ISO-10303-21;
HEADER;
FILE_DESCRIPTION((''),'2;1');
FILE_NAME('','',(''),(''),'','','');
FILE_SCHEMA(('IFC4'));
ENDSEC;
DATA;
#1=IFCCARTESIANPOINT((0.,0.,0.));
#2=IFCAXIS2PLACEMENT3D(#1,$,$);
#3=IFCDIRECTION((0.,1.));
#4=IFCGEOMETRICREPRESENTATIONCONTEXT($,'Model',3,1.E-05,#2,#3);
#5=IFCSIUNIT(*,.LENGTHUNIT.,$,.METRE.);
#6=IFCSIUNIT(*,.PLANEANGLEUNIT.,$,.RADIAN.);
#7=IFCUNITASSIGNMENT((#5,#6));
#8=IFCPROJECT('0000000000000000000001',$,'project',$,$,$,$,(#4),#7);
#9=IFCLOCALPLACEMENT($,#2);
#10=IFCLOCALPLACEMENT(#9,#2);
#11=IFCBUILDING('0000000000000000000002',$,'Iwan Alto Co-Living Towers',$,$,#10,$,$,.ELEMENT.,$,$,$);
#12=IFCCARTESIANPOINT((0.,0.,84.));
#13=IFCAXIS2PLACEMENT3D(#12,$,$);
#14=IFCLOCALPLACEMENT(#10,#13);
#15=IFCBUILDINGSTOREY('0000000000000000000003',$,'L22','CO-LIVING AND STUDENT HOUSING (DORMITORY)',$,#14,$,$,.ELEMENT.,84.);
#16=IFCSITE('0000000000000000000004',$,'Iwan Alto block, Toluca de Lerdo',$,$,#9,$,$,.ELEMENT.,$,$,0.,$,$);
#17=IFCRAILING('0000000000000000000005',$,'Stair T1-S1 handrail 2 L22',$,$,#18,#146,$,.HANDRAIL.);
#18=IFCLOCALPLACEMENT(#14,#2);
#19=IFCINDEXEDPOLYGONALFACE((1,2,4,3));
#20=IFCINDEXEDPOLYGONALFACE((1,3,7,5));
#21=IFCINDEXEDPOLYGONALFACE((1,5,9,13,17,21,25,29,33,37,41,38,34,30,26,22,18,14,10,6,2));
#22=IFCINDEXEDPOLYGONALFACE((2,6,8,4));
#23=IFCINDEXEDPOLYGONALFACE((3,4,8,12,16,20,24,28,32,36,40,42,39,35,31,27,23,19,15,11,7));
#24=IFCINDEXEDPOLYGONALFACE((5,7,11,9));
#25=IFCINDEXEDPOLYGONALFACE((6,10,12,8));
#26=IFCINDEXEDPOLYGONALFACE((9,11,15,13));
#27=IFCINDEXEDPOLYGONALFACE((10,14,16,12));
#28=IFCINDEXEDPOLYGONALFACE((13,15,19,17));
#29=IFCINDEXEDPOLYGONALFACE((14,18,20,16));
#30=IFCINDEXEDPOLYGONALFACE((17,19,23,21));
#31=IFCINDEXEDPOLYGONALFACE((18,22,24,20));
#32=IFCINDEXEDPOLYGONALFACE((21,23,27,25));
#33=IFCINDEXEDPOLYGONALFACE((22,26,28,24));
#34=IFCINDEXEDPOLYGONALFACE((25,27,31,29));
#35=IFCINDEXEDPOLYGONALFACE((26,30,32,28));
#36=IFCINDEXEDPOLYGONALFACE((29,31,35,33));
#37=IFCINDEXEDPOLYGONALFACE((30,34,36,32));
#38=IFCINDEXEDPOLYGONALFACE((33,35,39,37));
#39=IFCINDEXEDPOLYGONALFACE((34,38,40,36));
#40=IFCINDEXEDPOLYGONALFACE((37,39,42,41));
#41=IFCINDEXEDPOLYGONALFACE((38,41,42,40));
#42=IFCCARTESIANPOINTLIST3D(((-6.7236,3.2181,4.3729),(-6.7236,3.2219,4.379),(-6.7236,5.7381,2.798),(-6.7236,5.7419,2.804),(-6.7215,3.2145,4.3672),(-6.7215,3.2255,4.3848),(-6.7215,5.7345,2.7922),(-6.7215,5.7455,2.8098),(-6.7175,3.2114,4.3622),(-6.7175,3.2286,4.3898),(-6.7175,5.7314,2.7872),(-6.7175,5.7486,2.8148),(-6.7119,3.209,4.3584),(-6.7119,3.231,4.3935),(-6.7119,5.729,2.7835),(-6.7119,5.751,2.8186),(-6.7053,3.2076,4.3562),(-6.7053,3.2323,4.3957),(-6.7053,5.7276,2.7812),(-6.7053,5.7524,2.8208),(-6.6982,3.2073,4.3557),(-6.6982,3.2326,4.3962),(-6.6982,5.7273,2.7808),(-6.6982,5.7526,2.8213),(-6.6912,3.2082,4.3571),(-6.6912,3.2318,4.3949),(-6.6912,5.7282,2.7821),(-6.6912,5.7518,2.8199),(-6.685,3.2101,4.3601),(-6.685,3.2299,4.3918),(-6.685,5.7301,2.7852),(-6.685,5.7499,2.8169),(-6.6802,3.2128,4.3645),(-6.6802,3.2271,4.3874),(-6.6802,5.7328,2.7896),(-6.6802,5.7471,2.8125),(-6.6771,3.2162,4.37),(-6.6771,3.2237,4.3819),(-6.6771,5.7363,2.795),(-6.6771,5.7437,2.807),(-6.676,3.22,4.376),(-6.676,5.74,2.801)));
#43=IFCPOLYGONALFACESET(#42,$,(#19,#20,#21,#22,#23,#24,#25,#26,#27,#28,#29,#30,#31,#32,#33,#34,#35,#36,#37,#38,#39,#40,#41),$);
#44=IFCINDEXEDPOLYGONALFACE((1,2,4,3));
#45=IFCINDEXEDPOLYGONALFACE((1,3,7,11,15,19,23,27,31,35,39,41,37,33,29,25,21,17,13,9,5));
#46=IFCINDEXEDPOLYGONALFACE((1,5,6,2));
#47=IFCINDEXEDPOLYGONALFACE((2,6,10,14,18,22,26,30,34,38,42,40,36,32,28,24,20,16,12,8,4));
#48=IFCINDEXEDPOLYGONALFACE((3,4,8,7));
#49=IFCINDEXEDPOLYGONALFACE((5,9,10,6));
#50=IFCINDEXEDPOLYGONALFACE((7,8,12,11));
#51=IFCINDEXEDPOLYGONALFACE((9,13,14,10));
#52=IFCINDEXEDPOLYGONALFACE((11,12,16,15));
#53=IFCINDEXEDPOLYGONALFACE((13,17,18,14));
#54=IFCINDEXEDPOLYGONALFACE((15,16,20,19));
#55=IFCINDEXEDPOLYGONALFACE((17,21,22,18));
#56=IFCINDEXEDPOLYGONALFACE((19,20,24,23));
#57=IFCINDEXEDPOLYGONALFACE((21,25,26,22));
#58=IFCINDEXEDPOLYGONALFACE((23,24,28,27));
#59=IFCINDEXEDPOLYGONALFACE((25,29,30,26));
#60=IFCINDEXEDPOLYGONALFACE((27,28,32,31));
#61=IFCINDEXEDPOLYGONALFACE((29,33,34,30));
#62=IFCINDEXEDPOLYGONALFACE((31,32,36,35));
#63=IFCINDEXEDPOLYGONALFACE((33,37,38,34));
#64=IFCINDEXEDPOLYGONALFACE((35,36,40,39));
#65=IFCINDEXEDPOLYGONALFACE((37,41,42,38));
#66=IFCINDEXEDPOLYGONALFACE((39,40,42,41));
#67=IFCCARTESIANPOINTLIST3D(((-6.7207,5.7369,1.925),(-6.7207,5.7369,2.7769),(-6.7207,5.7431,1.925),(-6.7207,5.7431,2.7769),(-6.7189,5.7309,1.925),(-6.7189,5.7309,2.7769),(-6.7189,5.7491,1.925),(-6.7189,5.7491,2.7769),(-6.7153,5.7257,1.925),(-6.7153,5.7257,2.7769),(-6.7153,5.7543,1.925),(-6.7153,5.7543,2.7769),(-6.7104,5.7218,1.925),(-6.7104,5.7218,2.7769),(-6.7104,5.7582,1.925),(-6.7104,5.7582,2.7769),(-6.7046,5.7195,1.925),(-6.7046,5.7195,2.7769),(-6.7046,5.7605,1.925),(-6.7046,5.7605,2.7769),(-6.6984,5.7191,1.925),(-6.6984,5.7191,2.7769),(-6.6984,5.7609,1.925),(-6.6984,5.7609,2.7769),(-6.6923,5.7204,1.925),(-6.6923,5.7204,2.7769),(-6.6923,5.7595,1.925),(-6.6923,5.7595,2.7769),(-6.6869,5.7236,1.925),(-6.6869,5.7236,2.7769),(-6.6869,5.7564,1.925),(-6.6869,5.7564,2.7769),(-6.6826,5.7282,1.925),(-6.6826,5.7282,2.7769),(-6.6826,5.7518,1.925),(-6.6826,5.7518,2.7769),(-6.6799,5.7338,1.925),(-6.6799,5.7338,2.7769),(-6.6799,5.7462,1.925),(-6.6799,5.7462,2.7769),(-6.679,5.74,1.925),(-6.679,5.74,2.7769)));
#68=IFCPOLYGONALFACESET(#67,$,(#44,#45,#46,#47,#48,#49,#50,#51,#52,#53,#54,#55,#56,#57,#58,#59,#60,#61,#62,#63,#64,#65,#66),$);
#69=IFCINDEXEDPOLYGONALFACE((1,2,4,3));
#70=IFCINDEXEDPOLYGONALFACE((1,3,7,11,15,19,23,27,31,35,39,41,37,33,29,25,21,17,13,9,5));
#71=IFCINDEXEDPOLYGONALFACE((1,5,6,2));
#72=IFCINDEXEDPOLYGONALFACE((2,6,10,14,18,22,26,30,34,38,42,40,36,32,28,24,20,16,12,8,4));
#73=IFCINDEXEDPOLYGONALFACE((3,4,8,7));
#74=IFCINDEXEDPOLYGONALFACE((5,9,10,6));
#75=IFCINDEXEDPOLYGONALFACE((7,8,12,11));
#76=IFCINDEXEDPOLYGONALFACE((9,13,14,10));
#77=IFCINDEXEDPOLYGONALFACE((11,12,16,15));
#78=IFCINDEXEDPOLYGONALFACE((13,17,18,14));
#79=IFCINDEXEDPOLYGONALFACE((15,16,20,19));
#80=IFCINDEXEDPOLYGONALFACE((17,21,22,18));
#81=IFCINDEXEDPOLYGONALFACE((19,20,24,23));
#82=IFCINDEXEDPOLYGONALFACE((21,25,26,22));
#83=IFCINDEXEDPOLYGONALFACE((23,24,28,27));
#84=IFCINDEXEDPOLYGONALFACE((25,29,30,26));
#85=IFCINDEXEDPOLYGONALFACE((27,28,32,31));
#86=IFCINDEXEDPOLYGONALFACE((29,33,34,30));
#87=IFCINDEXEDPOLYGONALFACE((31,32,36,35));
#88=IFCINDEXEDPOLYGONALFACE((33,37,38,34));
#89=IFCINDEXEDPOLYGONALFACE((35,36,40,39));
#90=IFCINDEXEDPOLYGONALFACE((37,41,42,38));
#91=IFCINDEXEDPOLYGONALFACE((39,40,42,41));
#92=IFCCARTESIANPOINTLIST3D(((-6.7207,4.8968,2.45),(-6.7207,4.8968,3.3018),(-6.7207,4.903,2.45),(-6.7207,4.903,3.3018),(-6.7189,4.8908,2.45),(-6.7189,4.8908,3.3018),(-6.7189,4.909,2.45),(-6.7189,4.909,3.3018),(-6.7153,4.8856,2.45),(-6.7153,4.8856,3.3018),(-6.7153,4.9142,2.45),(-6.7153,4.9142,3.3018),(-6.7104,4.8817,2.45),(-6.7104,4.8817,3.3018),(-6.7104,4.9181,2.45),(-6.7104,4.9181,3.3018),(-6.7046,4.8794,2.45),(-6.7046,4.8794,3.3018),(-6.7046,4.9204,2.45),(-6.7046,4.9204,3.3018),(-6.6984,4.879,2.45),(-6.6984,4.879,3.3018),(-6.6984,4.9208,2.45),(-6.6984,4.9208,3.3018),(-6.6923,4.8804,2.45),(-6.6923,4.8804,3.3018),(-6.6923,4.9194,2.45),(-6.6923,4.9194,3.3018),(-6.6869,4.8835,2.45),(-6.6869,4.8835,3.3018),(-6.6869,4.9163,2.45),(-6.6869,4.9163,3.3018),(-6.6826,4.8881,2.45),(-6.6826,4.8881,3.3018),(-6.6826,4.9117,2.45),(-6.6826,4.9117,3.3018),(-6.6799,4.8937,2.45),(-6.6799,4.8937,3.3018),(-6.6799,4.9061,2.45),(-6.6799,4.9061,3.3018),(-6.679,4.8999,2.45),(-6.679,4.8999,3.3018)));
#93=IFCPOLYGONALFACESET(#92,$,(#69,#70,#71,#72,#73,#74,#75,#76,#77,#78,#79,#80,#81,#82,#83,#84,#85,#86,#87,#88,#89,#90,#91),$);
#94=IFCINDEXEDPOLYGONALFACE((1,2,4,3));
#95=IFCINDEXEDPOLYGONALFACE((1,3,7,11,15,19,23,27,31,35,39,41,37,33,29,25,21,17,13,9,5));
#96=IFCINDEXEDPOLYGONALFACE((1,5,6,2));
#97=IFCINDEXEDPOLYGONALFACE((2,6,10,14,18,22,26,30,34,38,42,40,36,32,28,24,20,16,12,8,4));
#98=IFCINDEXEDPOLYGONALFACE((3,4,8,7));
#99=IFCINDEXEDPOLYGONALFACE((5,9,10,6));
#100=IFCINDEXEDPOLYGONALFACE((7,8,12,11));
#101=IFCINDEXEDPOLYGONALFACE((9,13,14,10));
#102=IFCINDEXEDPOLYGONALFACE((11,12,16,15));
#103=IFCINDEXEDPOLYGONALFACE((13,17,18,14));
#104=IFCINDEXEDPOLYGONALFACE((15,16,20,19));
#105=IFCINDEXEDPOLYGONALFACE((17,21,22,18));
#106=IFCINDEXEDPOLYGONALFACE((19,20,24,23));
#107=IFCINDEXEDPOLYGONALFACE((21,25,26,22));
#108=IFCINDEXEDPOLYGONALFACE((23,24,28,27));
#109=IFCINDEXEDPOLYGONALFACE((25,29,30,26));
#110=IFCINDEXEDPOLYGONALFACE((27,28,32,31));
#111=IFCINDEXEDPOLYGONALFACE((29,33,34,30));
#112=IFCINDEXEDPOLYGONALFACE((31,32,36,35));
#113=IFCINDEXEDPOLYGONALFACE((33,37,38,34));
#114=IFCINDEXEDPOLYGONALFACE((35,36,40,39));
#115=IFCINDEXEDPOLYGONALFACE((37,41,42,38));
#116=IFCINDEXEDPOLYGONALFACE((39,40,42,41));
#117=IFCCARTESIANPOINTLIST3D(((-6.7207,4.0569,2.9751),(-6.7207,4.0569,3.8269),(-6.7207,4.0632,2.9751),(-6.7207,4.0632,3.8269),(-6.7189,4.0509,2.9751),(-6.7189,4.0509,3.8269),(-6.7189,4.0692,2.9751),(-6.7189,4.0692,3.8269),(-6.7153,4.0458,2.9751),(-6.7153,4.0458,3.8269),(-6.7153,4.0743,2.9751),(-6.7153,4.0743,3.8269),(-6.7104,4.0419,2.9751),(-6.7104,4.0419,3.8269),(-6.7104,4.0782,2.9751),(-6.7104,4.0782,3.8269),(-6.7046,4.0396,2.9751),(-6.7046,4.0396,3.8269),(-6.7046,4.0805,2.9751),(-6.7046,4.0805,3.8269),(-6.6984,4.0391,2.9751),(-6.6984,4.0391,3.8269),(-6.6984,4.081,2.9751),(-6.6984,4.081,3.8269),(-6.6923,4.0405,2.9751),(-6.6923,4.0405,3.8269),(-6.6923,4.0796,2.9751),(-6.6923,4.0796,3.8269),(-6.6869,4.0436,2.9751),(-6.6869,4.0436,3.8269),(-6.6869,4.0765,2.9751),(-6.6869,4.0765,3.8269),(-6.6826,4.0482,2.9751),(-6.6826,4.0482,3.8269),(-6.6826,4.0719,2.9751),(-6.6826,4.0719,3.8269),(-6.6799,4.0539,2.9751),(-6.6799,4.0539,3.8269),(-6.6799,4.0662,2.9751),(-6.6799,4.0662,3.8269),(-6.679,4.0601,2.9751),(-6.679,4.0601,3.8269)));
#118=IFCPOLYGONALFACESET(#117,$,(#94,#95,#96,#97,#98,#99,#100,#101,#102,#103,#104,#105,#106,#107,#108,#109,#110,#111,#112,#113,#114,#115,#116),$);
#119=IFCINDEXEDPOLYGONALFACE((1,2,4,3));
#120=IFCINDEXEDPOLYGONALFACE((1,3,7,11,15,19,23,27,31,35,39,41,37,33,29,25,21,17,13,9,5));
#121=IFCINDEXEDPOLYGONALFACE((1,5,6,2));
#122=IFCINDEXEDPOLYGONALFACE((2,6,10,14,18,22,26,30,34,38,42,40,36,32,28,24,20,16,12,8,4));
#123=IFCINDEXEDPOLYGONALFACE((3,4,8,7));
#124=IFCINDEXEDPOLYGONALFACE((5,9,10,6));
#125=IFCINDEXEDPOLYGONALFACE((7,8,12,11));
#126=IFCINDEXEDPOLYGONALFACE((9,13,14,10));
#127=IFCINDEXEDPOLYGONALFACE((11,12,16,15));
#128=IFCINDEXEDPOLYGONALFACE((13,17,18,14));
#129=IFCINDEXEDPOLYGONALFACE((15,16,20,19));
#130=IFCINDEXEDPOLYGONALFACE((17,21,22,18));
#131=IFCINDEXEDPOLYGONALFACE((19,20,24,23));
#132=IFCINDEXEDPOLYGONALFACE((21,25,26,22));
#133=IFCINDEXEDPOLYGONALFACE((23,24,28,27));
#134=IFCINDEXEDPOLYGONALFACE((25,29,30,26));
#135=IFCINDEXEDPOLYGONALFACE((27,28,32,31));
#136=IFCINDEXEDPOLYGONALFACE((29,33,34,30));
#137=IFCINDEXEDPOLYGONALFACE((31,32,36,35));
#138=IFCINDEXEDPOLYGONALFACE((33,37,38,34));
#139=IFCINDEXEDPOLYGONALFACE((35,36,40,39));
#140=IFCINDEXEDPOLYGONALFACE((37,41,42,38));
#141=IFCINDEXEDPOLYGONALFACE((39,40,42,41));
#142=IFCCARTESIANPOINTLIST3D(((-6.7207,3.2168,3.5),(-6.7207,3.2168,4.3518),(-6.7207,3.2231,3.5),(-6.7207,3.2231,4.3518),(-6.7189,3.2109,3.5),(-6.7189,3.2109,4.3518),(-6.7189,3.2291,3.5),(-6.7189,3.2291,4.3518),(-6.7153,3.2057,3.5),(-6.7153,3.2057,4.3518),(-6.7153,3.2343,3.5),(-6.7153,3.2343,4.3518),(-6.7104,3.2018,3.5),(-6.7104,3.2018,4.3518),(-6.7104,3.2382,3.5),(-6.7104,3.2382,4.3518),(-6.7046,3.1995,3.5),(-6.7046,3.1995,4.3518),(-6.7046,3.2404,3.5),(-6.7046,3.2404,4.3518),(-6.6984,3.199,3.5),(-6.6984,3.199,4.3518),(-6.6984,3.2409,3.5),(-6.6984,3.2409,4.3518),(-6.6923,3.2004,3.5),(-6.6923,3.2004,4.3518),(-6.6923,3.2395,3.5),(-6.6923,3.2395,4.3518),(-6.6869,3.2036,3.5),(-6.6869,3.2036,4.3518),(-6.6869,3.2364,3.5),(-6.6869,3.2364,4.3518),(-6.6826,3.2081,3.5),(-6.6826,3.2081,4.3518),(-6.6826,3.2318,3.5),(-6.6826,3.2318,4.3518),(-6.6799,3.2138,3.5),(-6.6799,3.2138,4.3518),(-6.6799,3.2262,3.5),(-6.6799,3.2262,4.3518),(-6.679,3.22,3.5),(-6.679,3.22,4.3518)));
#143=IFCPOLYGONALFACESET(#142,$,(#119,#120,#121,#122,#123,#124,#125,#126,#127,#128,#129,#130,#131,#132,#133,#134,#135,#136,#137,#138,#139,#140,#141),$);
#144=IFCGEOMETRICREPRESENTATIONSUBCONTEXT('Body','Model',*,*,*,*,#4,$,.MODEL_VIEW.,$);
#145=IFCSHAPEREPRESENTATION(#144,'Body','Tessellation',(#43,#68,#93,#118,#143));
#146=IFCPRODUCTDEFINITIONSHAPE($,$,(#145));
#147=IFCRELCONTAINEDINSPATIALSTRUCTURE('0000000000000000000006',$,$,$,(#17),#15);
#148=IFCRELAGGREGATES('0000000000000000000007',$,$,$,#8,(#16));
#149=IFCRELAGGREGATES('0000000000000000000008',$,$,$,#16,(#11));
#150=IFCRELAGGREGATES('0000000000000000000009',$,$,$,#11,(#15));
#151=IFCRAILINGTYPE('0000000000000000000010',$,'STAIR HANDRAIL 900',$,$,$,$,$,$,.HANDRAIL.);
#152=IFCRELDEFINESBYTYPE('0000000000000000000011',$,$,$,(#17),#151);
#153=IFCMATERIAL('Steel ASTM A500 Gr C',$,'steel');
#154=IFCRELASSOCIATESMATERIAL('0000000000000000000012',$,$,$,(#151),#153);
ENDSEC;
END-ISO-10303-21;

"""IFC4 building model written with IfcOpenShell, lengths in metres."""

from ifc_helpers import new_model, si_unit, direction, frame, origin, origin_2d, place, context, subcontext, project, spatial, circle, extrude, material, type_object, element, save


model = new_model("IFC4")

# Units and contexts
model_context = context("Model", 3, precision=1e-05, world=origin(), true_north=direction((0.0, 1.0)))
body_context = subcontext(model_context, "Body", "Model", "MODEL_VIEW")
ifc_project = project(units=[si_unit("LENGTHUNIT", "METRE"), si_unit("PLANEANGLEUNIT", "RADIAN")], contexts=[model_context])

# Site, building, storey
site_placement = place(None, origin())
site = spatial("IfcSite", under=ifc_project, at=site_placement, Name="Iwan Alto block, Toluca de Lerdo", CompositionType="ELEMENT", RefElevation=0.0)
building_placement = place(site_placement, origin())
building = spatial("IfcBuilding", under=site, at=building_placement, Name="Iwan Alto Co-Living Towers", CompositionType="ELEMENT")
storey_placement = place(building_placement, frame((0.0, 0.0, 84.0)))
storey = spatial("IfcBuildingStorey", under=building, at=storey_placement, Name="L22", Description="CO-LIVING AND STUDENT HOUSING (DORMITORY)", CompositionType="ELEMENT", Elevation=84.0)

# Railing
ifc_material_1 = material(Name="Steel ASTM A500 Gr C", Category="steel")
railing_type_1 = type_object("IfcRailingType", Name="STAIR HANDRAIL 900", PredefinedType="HANDRAIL", material=ifc_material_1)
railing_1_placement = place(storey_placement, frame((-6.7, 5.74, 1.925)))
element("IfcRailing", 1, at=railing_1_placement, inside=storey, type_object=railing_type_1, Name="Stair T1-S1 handrail 2 L22", PredefinedType="HANDRAIL", context=body_context, shape_type="SweptSolid", body=[
    extrude(circle(Radius=0.0239, at=origin_2d()), frame((0.0, 0.0, 0.876), z_axis=(0.0, -0.848008, 0.529984), x_axis=(1.0, 0.0, 0.0)), (0.0, 0.0, 1.0), 2.9717),
    extrude(circle(Radius=0.021, at=origin_2d()), origin(), (0.0, 0.0, 1.0), 0.8518),
    extrude(circle(Radius=0.021, at=origin_2d()), frame((0.0, -0.8401, 0.5249)), (0.0, 0.0, 1.0), 0.8518),
    extrude(circle(Radius=0.021, at=origin_2d()), frame((0.0, -1.6799, 1.05)), (0.0, 0.0, 1.0), 0.8518),
    extrude(circle(Radius=0.021, at=origin_2d()), frame((0.0, -2.52, 1.575)), (0.0, 0.0, 1.0), 0.8518),
])

save(model, "model.ifc")
